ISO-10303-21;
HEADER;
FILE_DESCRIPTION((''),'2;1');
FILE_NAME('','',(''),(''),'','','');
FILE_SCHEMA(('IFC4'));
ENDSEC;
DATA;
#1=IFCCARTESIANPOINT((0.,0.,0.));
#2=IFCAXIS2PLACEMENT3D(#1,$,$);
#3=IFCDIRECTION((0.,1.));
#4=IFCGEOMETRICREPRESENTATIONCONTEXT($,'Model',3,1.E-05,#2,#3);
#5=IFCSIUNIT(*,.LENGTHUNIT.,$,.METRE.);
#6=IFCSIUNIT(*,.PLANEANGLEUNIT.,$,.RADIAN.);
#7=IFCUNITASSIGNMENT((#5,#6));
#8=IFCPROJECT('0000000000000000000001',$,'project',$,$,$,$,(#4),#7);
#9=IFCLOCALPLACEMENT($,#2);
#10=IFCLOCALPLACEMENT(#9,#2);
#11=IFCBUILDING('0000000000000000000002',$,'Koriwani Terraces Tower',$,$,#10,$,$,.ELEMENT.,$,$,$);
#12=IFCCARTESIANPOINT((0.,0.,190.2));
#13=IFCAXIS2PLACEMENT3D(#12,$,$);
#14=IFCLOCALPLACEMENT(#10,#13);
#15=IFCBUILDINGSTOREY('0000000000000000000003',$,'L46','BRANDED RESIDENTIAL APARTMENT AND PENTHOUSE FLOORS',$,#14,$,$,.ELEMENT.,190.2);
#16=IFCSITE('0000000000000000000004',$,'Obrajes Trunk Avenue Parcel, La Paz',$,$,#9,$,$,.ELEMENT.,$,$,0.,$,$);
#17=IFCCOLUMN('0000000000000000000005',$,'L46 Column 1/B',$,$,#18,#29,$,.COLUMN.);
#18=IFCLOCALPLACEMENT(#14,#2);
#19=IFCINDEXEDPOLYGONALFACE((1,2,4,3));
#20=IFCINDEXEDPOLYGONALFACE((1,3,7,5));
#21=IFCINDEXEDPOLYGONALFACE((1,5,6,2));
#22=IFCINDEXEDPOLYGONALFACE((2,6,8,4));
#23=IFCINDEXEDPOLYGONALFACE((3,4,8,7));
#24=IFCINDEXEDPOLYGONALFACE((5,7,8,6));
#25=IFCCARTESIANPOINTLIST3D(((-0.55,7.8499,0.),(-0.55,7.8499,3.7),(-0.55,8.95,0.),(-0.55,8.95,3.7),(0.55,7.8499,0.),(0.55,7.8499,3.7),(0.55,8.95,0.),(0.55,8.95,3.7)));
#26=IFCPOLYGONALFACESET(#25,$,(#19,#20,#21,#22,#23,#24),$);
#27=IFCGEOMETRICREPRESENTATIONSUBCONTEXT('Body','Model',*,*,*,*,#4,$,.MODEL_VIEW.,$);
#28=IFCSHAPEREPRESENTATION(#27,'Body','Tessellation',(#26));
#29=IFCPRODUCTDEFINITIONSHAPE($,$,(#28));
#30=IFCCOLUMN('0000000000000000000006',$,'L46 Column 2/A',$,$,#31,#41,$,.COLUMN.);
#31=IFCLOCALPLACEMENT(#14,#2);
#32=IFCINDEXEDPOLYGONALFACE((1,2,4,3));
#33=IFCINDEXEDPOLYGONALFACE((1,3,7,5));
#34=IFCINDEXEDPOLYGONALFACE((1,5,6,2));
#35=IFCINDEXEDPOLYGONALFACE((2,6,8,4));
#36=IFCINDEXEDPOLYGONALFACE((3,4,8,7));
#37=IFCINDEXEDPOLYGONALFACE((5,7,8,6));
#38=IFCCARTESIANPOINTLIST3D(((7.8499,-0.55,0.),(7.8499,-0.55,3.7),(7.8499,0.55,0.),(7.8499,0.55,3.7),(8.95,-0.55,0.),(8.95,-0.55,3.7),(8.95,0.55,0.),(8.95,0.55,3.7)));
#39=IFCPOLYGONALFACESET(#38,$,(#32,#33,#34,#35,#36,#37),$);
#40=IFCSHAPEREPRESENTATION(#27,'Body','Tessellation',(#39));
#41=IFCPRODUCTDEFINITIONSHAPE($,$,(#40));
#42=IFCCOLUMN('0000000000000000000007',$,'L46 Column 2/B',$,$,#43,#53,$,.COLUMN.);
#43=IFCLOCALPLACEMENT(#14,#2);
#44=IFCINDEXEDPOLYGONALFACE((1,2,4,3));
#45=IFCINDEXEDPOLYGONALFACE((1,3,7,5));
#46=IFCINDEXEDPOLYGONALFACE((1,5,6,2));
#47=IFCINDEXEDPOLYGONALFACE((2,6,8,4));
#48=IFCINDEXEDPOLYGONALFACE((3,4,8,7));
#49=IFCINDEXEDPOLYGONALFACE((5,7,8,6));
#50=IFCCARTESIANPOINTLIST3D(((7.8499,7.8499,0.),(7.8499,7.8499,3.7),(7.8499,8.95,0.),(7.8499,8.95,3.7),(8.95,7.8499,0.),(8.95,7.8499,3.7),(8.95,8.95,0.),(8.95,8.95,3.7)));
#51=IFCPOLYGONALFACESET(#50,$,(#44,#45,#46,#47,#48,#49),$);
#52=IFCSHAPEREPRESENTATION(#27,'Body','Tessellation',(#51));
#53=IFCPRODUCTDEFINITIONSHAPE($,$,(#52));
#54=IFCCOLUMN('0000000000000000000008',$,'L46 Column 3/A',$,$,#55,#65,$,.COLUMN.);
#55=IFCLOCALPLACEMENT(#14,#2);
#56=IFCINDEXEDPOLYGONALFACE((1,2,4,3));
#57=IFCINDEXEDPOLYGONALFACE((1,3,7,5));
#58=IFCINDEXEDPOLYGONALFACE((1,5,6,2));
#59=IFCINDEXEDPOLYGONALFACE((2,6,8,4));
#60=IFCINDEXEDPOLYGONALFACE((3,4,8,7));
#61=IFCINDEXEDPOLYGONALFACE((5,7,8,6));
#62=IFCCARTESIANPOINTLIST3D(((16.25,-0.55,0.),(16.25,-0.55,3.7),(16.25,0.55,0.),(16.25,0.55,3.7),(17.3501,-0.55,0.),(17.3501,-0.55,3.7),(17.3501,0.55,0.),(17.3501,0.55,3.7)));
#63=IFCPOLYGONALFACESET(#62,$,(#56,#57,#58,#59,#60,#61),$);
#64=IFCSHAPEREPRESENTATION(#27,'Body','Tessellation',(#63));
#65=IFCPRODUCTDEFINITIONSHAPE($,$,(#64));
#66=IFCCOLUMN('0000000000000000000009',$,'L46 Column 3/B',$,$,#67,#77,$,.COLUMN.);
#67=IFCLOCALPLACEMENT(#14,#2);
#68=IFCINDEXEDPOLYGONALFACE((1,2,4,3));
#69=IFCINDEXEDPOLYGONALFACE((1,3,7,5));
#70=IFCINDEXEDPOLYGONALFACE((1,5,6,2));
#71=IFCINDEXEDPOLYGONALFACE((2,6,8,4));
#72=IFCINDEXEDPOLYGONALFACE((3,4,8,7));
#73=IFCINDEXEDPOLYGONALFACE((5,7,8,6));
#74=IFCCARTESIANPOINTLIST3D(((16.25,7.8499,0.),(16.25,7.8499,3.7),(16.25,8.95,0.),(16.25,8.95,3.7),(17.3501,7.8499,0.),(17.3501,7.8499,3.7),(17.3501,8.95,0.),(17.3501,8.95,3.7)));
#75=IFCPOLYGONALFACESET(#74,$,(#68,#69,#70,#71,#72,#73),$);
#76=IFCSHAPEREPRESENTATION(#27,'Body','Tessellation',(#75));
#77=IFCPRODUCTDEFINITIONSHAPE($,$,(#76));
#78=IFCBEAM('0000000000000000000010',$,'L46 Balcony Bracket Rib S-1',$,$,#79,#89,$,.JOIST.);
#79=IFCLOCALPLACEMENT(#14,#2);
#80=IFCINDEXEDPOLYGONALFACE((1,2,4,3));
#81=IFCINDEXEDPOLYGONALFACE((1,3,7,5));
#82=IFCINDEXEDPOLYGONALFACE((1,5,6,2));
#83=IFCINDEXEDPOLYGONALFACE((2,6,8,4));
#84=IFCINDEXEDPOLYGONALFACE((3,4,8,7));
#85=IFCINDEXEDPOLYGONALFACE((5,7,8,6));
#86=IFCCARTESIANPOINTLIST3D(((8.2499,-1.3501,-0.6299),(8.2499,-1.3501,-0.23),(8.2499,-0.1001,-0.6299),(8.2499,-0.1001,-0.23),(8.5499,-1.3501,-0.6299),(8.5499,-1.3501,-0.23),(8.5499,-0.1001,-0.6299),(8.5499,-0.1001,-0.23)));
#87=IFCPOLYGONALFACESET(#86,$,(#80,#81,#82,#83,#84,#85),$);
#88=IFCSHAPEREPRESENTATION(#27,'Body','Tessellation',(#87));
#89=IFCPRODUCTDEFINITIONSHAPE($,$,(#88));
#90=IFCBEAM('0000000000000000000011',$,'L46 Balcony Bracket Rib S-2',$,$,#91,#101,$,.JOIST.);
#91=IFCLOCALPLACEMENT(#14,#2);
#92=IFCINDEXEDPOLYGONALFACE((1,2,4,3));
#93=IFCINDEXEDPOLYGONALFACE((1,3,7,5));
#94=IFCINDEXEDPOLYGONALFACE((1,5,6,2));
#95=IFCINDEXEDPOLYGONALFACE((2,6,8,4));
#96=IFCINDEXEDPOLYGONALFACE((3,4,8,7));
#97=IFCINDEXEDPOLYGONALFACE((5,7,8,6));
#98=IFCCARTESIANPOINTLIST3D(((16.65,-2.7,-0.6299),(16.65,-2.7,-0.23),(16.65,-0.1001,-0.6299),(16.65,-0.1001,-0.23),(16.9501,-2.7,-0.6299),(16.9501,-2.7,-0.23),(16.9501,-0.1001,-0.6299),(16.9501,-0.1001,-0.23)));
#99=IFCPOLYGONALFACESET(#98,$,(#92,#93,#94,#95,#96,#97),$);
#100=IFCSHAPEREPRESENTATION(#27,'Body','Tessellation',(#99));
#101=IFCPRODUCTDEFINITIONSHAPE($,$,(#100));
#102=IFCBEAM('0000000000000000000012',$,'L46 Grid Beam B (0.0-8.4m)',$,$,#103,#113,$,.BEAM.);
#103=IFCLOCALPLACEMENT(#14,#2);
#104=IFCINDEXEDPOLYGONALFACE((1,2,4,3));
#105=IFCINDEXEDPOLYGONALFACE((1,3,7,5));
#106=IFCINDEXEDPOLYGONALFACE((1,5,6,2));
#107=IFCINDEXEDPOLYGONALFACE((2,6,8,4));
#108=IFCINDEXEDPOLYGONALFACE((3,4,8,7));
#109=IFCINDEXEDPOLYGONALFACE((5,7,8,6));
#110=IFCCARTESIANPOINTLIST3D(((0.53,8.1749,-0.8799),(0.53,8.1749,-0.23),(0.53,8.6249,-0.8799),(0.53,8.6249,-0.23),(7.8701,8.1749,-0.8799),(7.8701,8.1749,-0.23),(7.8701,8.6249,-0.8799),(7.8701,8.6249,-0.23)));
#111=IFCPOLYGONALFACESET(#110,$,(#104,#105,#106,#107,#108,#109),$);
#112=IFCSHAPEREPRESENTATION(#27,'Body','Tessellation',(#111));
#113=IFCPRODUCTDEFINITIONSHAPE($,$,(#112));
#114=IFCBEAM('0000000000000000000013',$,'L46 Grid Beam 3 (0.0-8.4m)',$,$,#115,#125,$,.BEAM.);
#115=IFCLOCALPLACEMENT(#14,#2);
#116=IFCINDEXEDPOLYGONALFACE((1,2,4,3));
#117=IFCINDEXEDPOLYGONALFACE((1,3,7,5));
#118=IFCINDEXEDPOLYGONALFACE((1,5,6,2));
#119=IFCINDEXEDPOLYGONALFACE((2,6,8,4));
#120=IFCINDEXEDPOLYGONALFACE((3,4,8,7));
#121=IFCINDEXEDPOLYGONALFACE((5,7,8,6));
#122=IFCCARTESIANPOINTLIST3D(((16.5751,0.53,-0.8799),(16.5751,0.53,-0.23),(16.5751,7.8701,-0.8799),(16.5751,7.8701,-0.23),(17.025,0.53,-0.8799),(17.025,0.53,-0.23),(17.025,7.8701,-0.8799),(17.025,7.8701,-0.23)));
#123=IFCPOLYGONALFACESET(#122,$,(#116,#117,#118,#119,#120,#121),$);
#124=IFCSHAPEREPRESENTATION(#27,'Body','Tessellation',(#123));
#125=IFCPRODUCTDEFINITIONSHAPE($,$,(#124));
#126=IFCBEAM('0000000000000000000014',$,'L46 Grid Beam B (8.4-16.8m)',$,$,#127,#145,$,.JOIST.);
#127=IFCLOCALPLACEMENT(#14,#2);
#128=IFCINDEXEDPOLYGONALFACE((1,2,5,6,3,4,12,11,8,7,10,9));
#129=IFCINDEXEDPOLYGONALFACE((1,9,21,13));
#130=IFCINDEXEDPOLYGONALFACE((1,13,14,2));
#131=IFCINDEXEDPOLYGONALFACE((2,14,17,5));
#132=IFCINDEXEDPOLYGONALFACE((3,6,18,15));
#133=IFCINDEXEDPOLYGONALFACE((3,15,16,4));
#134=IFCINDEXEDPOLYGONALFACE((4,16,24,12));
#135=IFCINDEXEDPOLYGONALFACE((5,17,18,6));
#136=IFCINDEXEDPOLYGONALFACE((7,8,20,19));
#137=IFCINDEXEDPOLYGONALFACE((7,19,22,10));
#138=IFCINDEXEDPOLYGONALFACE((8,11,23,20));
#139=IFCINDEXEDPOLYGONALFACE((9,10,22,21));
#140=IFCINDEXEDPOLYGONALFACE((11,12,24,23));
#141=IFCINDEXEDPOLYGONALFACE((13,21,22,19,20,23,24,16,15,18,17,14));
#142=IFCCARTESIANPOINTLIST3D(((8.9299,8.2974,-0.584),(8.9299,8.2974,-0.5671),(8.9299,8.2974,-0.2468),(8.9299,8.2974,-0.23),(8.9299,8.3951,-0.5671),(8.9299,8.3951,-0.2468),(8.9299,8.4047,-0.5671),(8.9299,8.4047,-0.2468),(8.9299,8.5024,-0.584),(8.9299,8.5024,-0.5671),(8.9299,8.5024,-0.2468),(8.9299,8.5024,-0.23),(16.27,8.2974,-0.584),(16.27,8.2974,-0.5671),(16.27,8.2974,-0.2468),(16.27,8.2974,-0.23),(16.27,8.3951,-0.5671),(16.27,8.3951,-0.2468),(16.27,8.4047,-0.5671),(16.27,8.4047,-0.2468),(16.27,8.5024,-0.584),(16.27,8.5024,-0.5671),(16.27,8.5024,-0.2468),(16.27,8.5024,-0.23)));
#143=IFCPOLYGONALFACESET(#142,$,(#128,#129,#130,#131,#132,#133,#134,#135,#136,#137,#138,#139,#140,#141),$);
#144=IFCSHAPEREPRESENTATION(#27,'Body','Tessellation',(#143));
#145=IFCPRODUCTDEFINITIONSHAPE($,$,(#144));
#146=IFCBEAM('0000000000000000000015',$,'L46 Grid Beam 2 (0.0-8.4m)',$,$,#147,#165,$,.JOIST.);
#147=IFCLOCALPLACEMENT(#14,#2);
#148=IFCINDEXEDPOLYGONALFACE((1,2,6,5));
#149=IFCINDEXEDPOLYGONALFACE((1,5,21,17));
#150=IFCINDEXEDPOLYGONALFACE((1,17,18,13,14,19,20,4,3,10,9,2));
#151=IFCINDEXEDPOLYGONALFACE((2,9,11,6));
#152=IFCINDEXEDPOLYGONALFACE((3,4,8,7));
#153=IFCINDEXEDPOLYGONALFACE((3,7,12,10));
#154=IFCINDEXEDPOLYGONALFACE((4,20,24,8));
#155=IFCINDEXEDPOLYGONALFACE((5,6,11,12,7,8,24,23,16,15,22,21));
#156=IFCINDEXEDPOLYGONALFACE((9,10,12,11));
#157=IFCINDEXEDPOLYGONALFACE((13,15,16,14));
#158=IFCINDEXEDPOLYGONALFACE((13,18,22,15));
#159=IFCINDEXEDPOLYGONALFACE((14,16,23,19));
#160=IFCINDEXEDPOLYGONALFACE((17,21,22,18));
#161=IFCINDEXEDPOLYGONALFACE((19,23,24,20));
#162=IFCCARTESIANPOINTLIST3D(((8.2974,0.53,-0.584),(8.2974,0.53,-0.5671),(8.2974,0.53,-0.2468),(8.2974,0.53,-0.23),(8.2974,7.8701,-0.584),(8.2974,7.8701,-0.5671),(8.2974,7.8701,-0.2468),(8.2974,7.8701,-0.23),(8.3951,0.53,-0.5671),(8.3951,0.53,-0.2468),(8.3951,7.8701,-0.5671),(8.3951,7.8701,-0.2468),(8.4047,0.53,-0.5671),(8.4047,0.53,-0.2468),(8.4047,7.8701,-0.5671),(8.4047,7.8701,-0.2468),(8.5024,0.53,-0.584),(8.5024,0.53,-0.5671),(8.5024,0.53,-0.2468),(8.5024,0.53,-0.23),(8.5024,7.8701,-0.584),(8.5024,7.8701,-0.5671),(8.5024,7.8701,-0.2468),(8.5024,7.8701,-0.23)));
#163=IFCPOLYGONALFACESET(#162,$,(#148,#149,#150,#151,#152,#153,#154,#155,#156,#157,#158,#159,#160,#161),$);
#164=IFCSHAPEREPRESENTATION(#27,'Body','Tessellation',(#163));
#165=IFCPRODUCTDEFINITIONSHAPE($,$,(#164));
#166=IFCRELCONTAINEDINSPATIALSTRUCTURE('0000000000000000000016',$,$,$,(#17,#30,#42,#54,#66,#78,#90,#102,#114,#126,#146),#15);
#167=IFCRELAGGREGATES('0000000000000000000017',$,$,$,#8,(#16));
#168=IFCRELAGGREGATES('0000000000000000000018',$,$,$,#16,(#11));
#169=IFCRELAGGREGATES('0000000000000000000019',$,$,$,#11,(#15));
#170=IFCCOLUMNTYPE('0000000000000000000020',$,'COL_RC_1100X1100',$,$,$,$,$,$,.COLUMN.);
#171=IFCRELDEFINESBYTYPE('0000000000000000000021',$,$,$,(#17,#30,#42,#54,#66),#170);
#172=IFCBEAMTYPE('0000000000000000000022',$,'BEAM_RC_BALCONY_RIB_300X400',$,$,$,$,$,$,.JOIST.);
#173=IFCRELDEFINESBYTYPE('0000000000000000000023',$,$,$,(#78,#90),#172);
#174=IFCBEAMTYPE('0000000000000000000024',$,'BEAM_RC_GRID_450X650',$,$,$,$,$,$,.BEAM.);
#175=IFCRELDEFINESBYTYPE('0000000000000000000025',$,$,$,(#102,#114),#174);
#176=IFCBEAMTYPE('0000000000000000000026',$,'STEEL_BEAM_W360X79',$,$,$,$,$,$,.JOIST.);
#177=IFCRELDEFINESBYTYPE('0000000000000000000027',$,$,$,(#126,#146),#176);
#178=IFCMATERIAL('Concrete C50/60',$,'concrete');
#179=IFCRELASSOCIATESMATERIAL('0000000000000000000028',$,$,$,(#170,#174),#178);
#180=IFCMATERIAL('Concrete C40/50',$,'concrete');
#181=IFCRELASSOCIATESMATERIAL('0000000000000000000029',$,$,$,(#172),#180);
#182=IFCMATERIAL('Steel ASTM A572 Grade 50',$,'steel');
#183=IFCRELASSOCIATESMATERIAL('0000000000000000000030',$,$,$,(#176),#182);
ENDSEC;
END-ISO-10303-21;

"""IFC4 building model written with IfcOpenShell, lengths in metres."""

from ifc_helpers import new_model, si_unit, direction, frame, origin, origin_2d, place, context, subcontext, project, spatial, rectangle, i_section, extrude, material, material_profile, profile_set, type_object, element, save


model = new_model("IFC4")

# Units and contexts
model_context = context("Model", 3, precision=1e-05, world=origin(), true_north=direction((0.0, 1.0)))
body_context = subcontext(model_context, "Body", "Model", "MODEL_VIEW")
ifc_project = project(units=[si_unit("LENGTHUNIT", "METRE"), si_unit("PLANEANGLEUNIT", "RADIAN")], contexts=[model_context])

# Site, building, storey
site_placement = place(None, origin())
site = spatial("IfcSite", under=ifc_project, at=site_placement, Name="Obrajes Trunk Avenue Parcel, La Paz", CompositionType="ELEMENT", RefElevation=0.0)
building_placement = place(site_placement, origin())
building = spatial("IfcBuilding", under=site, at=building_placement, Name="Koriwani Terraces Tower", CompositionType="ELEMENT")
storey_placement = place(building_placement, frame((0.0, 0.0, 190.2)))
storey = spatial("IfcBuildingStorey", under=building, at=storey_placement, Name="L46", Description="BRANDED RESIDENTIAL APARTMENT AND PENTHOUSE FLOORS", CompositionType="ELEMENT", Elevation=190.2)

# Columns
ifc_material_1 = material(Name="Concrete C50/60", Category="concrete")
ifc_material_profile_1 = material_profile(ifc_material_1, rectangle(XDim=1.1001, YDim=1.1001, at=origin_2d()), Name="Concrete C50/60", Category="LoadBearing")
ifc_profile_set_1 = profile_set([ifc_material_profile_1], Name="Concrete C50/60")
column_type = type_object("IfcColumnType", Name="COL_RC_1100X1100", PredefinedType="COLUMN", material=ifc_profile_set_1)
for number, where, z_axis, x_axis, name in (
    (1, (0.0, 8.3999, 0.0), (0.0, 0.0, 1.0), (1.0, 0.0, 0.0), "L46 Column 1/B"),
    (2, (8.3999, 0.0, 0.0), (0.0, 0.0, 1.0), (1.0, 0.0, 0.0), "L46 Column 2/A"),
    (3, (8.3999, 8.3999, 0.0), (0.0, 0.0, 1.0), (1.0, 0.0, 0.0), "L46 Column 2/B"),
    (4, (16.8, 0.0, 0.0), (0.0, 0.0, 1.0), (1.0, 0.0, 0.0), "L46 Column 3/A"),
    (5, (16.8, 8.3999, 0.0), (0.0, 0.0, 1.0), (1.0, 0.0, 0.0), "L46 Column 3/B"),
):
    element("IfcColumn", number, at=place(storey_placement, frame(where, z_axis=z_axis, x_axis=x_axis)), inside=storey, type_object=column_type, Name=name, PredefinedType="COLUMN", context=body_context, shape_type="SweptSolid", body=[
        extrude(rectangle(XDim=1.1001, YDim=1.1001, at=origin_2d()), origin(), (0.0, 0.0, 1.0), 3.7),
    ])

# Beams
ifc_material_2 = material(Name="Concrete C40/50", Category="concrete")
ifc_material_profile_2 = material_profile(ifc_material_2, rectangle(XDim=0.3, YDim=0.3999, at=origin_2d()), Name="Concrete C40/50", Category="LoadBearing")
ifc_profile_set_2 = profile_set([ifc_material_profile_2], Name="Concrete C40/50")
beam_type_1 = type_object("IfcBeamType", Name="BEAM_RC_BALCONY_RIB_300X400", PredefinedType="JOIST", material=ifc_profile_set_2)
beam_1_placement = place(storey_placement, frame((8.3999, -1.3501, -0.4299), z_axis=(0.0, 1.0, 0.0), x_axis=(-1.0, 0.0, 0.0)))
element("IfcBeam", 6, at=beam_1_placement, inside=storey, type_object=beam_type_1, Name="L46 Balcony Bracket Rib S-1", PredefinedType="JOIST", context=body_context, shape_type="SweptSolid", body=[
    extrude(rectangle(XDim=0.3, YDim=0.3999, at=origin_2d()), origin(), (0.0, 0.0, 1.0), 1.25),
])
beam_2_placement = place(storey_placement, frame((16.8, -2.7, -0.4299), z_axis=(0.0, 1.0, 0.0), x_axis=(-1.0, 0.0, 0.0)))
element("IfcBeam", 7, at=beam_2_placement, inside=storey, type_object=beam_type_1, Name="L46 Balcony Bracket Rib S-2", PredefinedType="JOIST", context=body_context, shape_type="SweptSolid", body=[
    extrude(rectangle(XDim=0.3, YDim=0.3999, at=origin_2d()), origin(), (0.0, 0.0, 1.0), 2.5999),
])
ifc_material_profile_3 = material_profile(ifc_material_1, rectangle(XDim=0.45, YDim=0.6499, at=origin_2d()), Name="Concrete C50/60", Category="LoadBearing")
ifc_profile_set_3 = profile_set([ifc_material_profile_3], Name="Concrete C50/60")
beam_type_2 = type_object("IfcBeamType", Name="BEAM_RC_GRID_450X650", PredefinedType="BEAM", material=ifc_profile_set_3)
for number, where, z_axis, x_axis, name in (
    (8, (0.53, 8.3999, -0.5549), (1.0, 0.0, 0.0), (0.0, 1.0, 0.0), "L46 Grid Beam B (0.0-8.4m)"),
    (9, (16.8, 0.53, -0.5549), (0.0, 1.0, 0.0), (-1.0, 0.0, 0.0), "L46 Grid Beam 3 (0.0-8.4m)"),
):
    element("IfcBeam", number, at=place(storey_placement, frame(where, z_axis=z_axis, x_axis=x_axis)), inside=storey, type_object=beam_type_2, Name=name, PredefinedType="BEAM", context=body_context, shape_type="SweptSolid", body=[
        extrude(rectangle(XDim=0.45, YDim=0.6499, at=origin_2d()), origin(), (0.0, 0.0, 1.0), 7.3401),
    ])
ifc_material_3 = material(Name="Steel ASTM A572 Grade 50", Category="steel")
ifc_material_profile_4 = material_profile(ifc_material_3, i_section(OverallWidth=0.2051, OverallDepth=0.354, WebThickness=0.0095, FlangeThickness=0.0168, at=origin_2d()), Name="Steel ASTM A572 Grade 50", Category="LoadBearing")
ifc_profile_set_4 = profile_set([ifc_material_profile_4], Name="Steel ASTM A572 Grade 50")
beam_type_3 = type_object("IfcBeamType", Name="STEEL_BEAM_W360X79", PredefinedType="JOIST", material=ifc_profile_set_4)
for number, where, z_axis, x_axis, name in (
    (10, (8.9299, 8.3999, -0.407), (1.0, 0.0, 0.0), (0.0, 1.0, 0.0), "L46 Grid Beam B (8.4-16.8m)"),
    (11, (8.3999, 0.53, -0.407), (0.0, 1.0, 0.0), (-1.0, 0.0, 0.0), "L46 Grid Beam 2 (0.0-8.4m)"),
):
    element("IfcBeam", number, at=place(storey_placement, frame(where, z_axis=z_axis, x_axis=x_axis)), inside=storey, type_object=beam_type_3, Name=name, PredefinedType="JOIST", context=body_context, shape_type="SweptSolid", body=[
        extrude(i_section(OverallWidth=0.2051, OverallDepth=0.354, WebThickness=0.0095, FlangeThickness=0.0168, at=origin_2d()), origin(), (0.0, 0.0, 1.0), 7.3401),
    ])

save(model, "model.ifc")
